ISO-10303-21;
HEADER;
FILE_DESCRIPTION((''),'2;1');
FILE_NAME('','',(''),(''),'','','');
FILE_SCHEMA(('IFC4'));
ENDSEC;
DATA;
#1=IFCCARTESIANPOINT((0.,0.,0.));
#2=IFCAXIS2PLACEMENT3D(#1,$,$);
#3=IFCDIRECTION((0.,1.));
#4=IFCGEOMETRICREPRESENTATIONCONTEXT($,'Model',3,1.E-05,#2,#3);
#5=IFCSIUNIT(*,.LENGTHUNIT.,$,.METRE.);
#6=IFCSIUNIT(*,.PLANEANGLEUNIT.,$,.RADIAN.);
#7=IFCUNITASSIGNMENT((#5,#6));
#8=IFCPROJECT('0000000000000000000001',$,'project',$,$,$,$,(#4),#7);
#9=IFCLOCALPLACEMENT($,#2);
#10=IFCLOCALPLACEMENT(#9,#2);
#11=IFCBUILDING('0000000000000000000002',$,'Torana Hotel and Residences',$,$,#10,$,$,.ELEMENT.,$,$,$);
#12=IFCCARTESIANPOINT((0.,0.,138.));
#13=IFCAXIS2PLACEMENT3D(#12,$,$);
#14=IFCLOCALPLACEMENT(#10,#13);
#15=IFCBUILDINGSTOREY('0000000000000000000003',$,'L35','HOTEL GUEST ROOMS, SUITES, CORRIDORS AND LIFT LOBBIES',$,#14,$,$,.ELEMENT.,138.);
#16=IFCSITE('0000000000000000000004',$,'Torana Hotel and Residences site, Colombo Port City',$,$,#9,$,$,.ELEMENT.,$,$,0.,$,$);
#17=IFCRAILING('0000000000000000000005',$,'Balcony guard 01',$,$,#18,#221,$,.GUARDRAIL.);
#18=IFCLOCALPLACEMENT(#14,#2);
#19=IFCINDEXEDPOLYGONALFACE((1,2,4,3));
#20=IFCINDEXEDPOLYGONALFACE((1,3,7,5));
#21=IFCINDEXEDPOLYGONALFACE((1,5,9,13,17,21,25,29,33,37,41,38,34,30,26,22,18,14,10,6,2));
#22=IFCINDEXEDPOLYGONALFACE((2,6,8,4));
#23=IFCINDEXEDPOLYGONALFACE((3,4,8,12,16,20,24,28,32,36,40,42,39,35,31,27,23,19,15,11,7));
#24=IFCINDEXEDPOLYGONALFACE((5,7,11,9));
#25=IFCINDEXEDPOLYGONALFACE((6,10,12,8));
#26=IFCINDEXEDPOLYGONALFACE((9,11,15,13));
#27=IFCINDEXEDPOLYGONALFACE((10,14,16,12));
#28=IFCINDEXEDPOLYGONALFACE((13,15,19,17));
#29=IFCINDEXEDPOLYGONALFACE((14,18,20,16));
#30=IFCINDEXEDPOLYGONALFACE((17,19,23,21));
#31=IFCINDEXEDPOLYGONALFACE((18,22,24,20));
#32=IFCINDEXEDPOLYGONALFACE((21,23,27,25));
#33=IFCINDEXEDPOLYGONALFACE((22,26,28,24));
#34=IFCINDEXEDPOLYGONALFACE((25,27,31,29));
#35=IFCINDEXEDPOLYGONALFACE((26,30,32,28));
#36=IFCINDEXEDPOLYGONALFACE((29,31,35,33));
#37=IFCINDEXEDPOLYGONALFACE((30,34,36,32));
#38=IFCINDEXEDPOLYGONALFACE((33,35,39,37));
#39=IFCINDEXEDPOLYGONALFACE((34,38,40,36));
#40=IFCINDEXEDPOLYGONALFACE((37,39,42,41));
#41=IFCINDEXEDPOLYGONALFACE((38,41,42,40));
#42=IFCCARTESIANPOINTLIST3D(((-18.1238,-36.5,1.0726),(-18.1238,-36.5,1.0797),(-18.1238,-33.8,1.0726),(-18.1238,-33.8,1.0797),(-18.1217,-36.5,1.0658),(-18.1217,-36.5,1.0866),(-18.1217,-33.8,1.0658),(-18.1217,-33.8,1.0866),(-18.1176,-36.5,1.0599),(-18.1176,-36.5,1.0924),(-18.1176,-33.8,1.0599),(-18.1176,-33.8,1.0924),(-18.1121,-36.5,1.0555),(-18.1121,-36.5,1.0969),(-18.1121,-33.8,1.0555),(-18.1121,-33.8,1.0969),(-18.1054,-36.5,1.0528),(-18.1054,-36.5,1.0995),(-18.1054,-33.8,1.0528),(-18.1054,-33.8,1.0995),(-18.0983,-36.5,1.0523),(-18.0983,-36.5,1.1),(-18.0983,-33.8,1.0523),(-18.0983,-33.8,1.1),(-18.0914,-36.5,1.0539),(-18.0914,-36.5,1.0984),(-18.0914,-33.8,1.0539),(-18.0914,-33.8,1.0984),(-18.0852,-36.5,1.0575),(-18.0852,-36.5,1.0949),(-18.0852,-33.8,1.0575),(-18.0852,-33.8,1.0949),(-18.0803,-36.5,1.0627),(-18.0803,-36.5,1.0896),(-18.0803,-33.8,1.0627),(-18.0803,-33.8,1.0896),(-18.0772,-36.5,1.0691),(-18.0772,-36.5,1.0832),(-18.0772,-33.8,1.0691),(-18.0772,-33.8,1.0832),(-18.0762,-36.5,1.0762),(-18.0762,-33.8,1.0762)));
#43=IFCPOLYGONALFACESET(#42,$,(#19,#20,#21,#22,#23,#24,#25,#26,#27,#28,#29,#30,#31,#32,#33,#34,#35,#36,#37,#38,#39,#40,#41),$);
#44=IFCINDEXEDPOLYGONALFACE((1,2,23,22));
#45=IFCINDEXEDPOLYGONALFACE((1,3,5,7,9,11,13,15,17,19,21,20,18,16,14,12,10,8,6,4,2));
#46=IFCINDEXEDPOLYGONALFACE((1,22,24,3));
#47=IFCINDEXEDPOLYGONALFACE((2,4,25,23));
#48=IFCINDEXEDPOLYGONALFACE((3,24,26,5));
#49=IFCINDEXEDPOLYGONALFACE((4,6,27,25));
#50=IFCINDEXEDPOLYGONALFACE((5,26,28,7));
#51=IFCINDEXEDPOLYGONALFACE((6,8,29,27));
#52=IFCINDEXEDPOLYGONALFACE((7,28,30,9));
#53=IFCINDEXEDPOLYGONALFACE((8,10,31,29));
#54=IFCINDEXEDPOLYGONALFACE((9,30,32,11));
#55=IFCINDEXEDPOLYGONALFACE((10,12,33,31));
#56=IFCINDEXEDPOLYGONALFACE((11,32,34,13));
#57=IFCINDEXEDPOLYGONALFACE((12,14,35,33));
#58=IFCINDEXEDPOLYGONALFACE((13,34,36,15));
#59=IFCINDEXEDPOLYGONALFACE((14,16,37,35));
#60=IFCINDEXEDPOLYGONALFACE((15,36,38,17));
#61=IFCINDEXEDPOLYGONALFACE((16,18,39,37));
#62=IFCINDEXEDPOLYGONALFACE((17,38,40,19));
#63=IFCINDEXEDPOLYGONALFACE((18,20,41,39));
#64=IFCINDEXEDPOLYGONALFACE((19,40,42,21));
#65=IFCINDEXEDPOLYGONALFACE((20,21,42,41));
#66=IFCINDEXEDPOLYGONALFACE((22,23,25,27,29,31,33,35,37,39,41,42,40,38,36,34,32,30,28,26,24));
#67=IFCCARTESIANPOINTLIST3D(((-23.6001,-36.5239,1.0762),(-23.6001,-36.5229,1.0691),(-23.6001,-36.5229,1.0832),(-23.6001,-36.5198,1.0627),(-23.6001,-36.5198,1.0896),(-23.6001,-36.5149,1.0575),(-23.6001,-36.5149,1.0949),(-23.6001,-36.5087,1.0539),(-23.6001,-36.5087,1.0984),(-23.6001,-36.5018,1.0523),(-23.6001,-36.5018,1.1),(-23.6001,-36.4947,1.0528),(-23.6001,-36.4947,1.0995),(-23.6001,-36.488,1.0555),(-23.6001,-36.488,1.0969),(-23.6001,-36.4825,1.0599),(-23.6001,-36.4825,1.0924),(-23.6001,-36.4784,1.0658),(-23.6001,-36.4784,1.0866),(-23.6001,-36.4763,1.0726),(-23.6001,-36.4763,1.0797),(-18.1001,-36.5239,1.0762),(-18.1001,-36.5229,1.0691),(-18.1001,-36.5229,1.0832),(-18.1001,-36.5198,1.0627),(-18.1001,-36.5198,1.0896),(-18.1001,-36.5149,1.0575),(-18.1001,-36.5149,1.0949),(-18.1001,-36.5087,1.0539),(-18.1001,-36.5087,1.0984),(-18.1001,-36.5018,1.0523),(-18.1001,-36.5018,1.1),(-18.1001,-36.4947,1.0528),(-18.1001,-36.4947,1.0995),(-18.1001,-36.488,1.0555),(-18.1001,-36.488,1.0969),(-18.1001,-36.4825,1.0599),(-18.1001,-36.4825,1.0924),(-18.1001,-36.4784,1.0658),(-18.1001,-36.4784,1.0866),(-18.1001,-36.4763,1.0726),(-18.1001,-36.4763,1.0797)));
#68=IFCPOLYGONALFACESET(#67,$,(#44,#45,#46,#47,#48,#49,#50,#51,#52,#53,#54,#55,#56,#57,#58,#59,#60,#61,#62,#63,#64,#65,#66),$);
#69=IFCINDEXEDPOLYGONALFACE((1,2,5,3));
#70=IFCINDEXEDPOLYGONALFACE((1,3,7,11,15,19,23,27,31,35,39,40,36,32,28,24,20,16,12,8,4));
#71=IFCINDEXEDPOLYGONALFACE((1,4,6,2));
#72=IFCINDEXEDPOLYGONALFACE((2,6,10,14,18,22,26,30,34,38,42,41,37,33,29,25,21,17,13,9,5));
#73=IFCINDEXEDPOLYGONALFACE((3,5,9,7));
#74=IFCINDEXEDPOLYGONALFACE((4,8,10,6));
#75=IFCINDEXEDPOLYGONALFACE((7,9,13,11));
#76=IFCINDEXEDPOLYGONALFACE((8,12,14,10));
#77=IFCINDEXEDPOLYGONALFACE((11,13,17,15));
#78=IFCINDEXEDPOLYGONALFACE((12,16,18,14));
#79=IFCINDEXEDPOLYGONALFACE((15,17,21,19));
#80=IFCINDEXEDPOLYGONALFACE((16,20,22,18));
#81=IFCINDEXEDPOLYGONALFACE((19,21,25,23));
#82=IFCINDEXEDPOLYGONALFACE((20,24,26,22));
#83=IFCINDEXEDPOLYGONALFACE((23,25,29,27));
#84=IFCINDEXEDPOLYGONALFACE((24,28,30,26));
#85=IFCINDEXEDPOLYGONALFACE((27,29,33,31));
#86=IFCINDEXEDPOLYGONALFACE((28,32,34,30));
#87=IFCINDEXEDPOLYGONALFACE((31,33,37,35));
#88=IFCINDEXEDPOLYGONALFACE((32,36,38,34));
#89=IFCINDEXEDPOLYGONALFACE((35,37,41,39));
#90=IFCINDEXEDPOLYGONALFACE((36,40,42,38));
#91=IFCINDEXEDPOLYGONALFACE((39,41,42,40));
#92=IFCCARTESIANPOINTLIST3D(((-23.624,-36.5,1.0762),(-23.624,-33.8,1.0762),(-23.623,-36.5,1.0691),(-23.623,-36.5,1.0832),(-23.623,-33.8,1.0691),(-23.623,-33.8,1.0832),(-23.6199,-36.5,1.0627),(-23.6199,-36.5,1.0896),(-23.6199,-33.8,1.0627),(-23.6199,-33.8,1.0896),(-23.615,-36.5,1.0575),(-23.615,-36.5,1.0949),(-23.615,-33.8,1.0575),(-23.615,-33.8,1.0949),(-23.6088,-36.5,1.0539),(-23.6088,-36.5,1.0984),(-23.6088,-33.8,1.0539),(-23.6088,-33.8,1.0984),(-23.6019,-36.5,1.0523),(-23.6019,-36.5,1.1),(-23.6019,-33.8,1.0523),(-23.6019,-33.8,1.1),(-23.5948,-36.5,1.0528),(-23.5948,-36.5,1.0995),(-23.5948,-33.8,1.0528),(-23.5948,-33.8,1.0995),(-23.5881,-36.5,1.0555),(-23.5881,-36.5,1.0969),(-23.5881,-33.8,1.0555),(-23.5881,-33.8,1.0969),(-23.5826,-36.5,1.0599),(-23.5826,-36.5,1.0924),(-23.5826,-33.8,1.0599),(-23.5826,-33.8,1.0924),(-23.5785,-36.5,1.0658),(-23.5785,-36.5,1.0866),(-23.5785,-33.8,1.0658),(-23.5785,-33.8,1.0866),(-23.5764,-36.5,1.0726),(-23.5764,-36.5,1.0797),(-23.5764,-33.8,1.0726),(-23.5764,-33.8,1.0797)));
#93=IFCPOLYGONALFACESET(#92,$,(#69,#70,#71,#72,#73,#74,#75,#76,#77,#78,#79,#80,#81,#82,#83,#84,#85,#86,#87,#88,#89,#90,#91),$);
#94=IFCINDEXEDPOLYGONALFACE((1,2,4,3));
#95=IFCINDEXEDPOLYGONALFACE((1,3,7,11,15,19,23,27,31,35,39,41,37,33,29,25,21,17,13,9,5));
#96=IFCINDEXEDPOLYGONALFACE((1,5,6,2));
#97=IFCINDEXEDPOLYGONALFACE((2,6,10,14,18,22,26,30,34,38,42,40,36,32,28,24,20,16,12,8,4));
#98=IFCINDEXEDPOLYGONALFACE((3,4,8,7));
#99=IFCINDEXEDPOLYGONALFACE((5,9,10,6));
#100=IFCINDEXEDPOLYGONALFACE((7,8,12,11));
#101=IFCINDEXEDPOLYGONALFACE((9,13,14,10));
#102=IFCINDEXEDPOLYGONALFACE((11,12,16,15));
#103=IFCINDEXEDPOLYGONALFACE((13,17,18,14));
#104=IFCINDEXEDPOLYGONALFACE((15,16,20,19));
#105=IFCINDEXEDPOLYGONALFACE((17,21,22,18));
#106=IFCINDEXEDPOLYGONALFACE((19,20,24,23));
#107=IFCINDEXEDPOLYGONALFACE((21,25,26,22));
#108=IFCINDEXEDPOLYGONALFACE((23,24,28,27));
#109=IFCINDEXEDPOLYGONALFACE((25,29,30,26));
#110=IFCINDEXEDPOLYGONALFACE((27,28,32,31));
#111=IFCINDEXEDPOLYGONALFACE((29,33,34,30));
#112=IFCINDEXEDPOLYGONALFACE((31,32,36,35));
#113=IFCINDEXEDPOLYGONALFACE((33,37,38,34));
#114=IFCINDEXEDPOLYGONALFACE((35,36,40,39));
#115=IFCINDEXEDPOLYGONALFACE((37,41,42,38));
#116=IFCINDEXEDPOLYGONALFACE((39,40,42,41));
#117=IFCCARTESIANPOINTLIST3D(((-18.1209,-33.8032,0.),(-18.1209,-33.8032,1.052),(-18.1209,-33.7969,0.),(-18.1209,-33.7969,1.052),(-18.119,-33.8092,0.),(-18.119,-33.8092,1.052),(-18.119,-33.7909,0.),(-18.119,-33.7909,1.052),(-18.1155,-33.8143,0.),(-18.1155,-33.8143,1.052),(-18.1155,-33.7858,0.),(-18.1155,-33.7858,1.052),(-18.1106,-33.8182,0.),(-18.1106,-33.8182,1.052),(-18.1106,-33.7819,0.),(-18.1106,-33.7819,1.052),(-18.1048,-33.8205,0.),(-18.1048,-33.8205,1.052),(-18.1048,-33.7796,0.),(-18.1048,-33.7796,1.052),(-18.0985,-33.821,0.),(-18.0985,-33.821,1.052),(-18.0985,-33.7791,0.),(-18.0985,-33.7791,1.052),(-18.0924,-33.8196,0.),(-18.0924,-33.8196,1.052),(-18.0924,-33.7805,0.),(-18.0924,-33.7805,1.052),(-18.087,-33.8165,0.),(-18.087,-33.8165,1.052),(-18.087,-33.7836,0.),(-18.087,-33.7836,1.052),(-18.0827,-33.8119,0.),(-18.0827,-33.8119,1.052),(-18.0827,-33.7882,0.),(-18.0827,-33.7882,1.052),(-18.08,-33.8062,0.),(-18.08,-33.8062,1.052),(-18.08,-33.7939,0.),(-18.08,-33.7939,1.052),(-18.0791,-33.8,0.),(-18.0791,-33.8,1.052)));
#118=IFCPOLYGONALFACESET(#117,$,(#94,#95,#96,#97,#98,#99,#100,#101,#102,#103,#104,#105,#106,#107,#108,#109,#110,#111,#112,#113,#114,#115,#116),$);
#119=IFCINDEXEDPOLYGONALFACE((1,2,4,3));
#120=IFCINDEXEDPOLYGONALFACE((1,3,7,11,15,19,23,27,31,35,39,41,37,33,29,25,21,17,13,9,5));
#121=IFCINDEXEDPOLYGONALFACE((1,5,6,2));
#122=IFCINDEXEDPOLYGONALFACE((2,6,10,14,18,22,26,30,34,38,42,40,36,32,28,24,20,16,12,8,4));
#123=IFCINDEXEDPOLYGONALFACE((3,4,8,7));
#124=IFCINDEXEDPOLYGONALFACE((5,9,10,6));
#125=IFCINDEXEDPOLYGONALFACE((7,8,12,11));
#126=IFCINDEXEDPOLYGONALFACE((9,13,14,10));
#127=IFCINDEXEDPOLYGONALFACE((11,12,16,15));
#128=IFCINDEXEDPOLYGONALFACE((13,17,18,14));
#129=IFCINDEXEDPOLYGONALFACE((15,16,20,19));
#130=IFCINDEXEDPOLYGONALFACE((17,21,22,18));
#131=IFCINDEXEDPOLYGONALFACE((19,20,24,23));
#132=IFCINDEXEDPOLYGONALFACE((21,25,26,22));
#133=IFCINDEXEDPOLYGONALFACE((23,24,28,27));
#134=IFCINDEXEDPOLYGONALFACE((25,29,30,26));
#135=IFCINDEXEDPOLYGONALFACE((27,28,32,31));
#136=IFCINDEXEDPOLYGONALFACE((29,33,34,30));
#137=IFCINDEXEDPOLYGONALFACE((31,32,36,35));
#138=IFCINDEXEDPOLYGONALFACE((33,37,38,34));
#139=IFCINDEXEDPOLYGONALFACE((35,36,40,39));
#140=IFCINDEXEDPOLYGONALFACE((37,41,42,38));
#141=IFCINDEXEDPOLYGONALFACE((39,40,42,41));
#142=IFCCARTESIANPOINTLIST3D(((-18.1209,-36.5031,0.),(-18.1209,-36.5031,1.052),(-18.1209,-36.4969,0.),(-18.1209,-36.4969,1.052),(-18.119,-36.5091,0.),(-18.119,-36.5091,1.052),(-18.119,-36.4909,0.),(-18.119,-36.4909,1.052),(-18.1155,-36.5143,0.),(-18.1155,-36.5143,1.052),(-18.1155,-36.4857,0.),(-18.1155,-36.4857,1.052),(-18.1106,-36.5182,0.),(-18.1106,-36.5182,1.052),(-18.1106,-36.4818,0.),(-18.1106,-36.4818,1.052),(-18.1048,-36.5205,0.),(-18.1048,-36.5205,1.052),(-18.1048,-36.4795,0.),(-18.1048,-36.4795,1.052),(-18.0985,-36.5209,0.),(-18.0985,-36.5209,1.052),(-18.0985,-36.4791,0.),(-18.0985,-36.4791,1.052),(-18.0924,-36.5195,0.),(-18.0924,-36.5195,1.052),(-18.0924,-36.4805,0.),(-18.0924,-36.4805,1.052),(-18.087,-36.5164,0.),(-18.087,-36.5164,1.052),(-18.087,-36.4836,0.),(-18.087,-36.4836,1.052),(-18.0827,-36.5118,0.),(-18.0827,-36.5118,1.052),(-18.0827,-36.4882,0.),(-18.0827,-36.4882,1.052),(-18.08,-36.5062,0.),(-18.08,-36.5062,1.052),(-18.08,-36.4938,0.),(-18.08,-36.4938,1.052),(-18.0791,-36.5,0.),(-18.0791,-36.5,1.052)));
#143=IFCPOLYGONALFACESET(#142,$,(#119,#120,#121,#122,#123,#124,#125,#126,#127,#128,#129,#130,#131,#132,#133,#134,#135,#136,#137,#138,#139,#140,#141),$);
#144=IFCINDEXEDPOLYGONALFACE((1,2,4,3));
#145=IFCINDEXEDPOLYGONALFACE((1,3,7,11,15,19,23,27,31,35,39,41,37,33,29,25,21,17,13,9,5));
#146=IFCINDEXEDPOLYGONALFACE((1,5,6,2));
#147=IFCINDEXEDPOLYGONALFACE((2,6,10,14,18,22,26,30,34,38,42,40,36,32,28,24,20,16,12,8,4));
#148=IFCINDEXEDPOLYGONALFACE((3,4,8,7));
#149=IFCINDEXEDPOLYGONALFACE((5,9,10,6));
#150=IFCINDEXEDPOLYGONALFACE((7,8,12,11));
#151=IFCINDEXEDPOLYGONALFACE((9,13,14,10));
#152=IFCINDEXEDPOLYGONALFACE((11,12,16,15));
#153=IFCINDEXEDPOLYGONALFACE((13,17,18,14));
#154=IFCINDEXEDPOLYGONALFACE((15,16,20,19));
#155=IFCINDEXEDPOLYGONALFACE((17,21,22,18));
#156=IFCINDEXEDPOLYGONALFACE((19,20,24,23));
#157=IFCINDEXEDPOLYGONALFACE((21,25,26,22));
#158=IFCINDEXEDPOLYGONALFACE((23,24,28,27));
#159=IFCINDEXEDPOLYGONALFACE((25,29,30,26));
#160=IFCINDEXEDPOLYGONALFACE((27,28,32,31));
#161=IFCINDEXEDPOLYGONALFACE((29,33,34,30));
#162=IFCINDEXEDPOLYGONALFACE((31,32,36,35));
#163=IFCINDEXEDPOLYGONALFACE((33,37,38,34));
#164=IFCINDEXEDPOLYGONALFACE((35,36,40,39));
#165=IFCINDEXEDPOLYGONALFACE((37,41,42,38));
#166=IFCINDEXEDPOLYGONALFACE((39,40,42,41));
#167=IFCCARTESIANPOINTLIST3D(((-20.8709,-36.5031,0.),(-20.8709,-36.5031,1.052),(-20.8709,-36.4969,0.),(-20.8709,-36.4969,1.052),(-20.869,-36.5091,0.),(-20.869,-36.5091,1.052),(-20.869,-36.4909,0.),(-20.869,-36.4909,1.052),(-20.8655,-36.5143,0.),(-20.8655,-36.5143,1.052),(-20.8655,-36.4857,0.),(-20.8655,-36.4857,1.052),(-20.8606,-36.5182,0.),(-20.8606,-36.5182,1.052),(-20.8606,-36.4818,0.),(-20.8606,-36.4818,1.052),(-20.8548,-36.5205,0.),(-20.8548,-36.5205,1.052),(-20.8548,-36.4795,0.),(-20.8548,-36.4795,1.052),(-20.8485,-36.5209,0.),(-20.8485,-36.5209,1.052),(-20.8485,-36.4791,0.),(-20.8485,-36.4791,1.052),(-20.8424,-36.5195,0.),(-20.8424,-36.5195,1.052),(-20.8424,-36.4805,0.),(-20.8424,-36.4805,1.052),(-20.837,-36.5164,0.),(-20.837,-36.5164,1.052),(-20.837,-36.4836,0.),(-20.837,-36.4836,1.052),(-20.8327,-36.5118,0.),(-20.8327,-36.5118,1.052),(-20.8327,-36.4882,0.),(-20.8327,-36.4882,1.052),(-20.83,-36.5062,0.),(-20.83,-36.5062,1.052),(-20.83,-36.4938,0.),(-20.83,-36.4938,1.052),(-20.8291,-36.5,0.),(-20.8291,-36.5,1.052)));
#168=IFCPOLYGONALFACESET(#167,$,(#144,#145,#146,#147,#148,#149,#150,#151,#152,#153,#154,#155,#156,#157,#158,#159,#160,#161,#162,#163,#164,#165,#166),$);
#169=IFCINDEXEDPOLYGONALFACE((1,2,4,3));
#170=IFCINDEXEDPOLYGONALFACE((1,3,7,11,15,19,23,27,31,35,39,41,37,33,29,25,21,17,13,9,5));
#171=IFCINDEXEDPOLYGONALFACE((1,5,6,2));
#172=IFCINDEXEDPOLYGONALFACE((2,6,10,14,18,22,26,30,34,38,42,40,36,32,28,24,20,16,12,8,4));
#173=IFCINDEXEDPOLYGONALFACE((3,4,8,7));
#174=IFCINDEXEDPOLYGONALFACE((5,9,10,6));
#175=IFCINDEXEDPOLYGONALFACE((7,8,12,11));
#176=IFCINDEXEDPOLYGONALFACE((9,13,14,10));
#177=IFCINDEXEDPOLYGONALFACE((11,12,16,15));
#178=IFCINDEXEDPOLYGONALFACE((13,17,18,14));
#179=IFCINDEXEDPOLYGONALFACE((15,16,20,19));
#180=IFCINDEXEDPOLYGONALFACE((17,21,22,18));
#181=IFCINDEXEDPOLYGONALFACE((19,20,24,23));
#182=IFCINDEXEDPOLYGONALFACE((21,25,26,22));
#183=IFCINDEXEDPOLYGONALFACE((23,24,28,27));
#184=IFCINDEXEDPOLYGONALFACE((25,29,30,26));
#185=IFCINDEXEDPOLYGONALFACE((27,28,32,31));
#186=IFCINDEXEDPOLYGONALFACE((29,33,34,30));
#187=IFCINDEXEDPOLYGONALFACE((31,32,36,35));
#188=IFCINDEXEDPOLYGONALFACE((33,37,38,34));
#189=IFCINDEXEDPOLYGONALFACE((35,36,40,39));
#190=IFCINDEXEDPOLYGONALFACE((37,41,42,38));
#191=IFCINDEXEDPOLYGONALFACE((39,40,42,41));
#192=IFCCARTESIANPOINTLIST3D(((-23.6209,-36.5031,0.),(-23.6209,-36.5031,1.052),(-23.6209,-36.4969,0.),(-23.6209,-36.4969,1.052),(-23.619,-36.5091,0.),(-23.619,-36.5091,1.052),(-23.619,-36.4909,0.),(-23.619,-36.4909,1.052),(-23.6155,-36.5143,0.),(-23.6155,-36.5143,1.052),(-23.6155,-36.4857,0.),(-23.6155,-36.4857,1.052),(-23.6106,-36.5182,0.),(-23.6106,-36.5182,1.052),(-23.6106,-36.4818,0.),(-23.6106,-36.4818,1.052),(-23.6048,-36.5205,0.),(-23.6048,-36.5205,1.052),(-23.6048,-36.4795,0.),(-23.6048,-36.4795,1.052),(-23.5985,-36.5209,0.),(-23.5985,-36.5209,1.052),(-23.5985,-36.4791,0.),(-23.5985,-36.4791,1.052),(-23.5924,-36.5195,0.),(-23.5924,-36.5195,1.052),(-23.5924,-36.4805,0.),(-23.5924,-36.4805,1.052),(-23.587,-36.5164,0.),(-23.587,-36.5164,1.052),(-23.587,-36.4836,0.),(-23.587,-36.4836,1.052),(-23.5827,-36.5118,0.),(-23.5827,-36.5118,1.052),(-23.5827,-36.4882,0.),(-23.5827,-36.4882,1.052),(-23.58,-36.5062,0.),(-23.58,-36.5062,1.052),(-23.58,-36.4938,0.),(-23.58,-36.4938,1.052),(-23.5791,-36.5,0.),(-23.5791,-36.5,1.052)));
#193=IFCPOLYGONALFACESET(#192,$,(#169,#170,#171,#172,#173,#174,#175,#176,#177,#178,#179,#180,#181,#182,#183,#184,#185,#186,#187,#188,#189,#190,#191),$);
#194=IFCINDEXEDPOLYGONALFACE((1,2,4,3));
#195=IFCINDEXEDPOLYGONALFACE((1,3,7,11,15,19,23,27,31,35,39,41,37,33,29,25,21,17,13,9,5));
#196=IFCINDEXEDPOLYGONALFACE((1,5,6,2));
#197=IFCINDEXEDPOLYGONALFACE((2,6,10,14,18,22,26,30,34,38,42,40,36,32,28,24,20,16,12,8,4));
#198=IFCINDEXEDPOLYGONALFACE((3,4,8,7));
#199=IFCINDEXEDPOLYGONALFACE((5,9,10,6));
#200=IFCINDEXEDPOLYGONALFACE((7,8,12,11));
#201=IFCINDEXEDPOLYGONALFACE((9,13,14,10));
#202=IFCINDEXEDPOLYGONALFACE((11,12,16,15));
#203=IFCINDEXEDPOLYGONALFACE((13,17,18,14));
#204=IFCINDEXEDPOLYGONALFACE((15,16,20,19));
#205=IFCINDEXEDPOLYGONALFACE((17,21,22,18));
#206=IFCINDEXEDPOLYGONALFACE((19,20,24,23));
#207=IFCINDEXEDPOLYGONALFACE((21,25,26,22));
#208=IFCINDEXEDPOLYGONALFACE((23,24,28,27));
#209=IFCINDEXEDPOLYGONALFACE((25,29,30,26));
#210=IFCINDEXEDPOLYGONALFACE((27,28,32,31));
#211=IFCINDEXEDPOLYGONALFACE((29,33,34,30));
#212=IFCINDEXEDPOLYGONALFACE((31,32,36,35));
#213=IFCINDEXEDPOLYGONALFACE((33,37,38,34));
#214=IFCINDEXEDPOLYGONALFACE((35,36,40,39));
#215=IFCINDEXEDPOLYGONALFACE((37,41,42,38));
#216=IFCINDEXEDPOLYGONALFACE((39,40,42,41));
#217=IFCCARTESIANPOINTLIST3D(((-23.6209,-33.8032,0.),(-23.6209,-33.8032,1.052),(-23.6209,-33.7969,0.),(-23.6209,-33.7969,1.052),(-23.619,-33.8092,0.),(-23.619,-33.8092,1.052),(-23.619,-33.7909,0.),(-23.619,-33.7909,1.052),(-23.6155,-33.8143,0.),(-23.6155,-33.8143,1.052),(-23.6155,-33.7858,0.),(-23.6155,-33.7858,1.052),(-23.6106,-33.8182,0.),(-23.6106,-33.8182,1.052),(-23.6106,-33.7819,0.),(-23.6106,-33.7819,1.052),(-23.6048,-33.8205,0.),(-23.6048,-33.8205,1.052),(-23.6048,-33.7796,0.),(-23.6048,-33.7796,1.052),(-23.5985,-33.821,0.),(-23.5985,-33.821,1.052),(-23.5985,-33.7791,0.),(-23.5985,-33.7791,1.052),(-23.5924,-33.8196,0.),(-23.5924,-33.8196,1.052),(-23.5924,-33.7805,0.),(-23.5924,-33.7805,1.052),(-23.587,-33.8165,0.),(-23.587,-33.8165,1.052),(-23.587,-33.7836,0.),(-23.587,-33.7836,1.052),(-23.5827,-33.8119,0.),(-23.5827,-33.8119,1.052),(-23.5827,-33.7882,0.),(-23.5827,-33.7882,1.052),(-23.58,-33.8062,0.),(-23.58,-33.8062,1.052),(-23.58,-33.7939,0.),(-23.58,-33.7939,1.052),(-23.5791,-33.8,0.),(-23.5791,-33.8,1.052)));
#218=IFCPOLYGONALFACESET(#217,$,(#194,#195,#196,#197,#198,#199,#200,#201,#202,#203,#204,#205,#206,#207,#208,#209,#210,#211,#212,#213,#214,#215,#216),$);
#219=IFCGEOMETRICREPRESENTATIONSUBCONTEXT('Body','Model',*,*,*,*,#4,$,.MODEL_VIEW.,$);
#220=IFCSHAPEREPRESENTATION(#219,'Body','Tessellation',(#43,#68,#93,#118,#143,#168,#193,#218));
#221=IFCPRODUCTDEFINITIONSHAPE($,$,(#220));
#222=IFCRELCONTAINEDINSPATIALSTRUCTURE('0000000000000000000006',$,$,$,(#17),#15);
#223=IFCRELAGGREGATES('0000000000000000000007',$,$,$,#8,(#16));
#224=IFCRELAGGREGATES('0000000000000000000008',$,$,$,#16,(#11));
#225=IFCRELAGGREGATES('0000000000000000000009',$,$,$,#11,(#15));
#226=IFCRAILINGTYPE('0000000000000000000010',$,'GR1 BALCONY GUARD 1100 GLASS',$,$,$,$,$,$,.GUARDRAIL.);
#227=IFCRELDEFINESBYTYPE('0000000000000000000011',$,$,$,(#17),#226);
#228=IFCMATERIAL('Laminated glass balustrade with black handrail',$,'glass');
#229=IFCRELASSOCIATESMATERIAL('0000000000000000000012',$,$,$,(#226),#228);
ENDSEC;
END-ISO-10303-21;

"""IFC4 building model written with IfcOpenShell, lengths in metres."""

from ifc_helpers import new_model, si_unit, direction, frame, origin, origin_2d, place, context, subcontext, project, spatial, circle, extrude, material, type_object, element, save


model = new_model("IFC4")

# Units and contexts
model_context = context("Model", 3, precision=1e-05, world=origin(), true_north=direction((0.0, 1.0)))
body_context = subcontext(model_context, "Body", "Model", "MODEL_VIEW")
ifc_project = project(units=[si_unit("LENGTHUNIT", "METRE"), si_unit("PLANEANGLEUNIT", "RADIAN")], contexts=[model_context])

# Site, building, storey
site_placement = place(None, origin())
site = spatial("IfcSite", under=ifc_project, at=site_placement, Name="Torana Hotel and Residences site, Colombo Port City", CompositionType="ELEMENT", RefElevation=0.0)
building_placement = place(site_placement, origin())
building = spatial("IfcBuilding", under=site, at=building_placement, Name="Torana Hotel and Residences", CompositionType="ELEMENT")
storey_placement = place(building_placement, frame((0.0, 0.0, 138.0)))
storey = spatial("IfcBuildingStorey", under=building, at=storey_placement, Name="L35", Description="HOTEL GUEST ROOMS, SUITES, CORRIDORS AND LIFT LOBBIES", CompositionType="ELEMENT", Elevation=138.0)

# Railing
ifc_material_1 = material(Name="Laminated glass balustrade with black handrail", Category="glass")
railing_type = type_object("IfcRailingType", Name="GR1 BALCONY GUARD 1100 GLASS", PredefinedType="GUARDRAIL", material=ifc_material_1)
railing_placement = place(storey_placement, frame((-18.1001, -33.8, 0.0)))
element("IfcRailing", 1, at=railing_placement, inside=storey, type_object=railing_type, Name="Balcony guard 01", PredefinedType="GUARDRAIL", context=body_context, shape_type="SweptSolid", body=[
    extrude(circle(Radius=0.0239, at=origin_2d()), frame((0.0, 0.0, 1.0762), z_axis=(0.0, -1.0, 0.0), x_axis=(1.0, 0.0, 0.0)), (0.0, 0.0, 1.0), 2.7),
    extrude(circle(Radius=0.0239, at=origin_2d()), frame((0.0, -2.7, 1.0762), z_axis=(-1.0, 0.0, 0.0), x_axis=(0.0, -1.0, 0.0)), (0.0, 0.0, 1.0), 5.5),
    extrude(circle(Radius=0.0239, at=origin_2d()), frame((-5.5, -2.7, 1.0762), z_axis=(0.0, 1.0, 0.0), x_axis=(-1.0, 0.0, 0.0)), (0.0, 0.0, 1.0), 2.7),
    extrude(circle(Radius=0.021, at=origin_2d()), origin(), (0.0, 0.0, 1.0), 1.052),
    extrude(circle(Radius=0.021, at=origin_2d()), frame((0.0, -2.7, 0.0)), (0.0, 0.0, 1.0), 1.052),
    extrude(circle(Radius=0.021, at=origin_2d()), frame((-2.75, -2.7, 0.0)), (0.0, 0.0, 1.0), 1.052),
    extrude(circle(Radius=0.021, at=origin_2d()), frame((-5.5, -2.7, 0.0)), (0.0, 0.0, 1.0), 1.052),
    extrude(circle(Radius=0.021, at=origin_2d()), frame((-5.5, 0.0, 0.0)), (0.0, 0.0, 1.0), 1.052),
])

save(model, "model.ifc")
